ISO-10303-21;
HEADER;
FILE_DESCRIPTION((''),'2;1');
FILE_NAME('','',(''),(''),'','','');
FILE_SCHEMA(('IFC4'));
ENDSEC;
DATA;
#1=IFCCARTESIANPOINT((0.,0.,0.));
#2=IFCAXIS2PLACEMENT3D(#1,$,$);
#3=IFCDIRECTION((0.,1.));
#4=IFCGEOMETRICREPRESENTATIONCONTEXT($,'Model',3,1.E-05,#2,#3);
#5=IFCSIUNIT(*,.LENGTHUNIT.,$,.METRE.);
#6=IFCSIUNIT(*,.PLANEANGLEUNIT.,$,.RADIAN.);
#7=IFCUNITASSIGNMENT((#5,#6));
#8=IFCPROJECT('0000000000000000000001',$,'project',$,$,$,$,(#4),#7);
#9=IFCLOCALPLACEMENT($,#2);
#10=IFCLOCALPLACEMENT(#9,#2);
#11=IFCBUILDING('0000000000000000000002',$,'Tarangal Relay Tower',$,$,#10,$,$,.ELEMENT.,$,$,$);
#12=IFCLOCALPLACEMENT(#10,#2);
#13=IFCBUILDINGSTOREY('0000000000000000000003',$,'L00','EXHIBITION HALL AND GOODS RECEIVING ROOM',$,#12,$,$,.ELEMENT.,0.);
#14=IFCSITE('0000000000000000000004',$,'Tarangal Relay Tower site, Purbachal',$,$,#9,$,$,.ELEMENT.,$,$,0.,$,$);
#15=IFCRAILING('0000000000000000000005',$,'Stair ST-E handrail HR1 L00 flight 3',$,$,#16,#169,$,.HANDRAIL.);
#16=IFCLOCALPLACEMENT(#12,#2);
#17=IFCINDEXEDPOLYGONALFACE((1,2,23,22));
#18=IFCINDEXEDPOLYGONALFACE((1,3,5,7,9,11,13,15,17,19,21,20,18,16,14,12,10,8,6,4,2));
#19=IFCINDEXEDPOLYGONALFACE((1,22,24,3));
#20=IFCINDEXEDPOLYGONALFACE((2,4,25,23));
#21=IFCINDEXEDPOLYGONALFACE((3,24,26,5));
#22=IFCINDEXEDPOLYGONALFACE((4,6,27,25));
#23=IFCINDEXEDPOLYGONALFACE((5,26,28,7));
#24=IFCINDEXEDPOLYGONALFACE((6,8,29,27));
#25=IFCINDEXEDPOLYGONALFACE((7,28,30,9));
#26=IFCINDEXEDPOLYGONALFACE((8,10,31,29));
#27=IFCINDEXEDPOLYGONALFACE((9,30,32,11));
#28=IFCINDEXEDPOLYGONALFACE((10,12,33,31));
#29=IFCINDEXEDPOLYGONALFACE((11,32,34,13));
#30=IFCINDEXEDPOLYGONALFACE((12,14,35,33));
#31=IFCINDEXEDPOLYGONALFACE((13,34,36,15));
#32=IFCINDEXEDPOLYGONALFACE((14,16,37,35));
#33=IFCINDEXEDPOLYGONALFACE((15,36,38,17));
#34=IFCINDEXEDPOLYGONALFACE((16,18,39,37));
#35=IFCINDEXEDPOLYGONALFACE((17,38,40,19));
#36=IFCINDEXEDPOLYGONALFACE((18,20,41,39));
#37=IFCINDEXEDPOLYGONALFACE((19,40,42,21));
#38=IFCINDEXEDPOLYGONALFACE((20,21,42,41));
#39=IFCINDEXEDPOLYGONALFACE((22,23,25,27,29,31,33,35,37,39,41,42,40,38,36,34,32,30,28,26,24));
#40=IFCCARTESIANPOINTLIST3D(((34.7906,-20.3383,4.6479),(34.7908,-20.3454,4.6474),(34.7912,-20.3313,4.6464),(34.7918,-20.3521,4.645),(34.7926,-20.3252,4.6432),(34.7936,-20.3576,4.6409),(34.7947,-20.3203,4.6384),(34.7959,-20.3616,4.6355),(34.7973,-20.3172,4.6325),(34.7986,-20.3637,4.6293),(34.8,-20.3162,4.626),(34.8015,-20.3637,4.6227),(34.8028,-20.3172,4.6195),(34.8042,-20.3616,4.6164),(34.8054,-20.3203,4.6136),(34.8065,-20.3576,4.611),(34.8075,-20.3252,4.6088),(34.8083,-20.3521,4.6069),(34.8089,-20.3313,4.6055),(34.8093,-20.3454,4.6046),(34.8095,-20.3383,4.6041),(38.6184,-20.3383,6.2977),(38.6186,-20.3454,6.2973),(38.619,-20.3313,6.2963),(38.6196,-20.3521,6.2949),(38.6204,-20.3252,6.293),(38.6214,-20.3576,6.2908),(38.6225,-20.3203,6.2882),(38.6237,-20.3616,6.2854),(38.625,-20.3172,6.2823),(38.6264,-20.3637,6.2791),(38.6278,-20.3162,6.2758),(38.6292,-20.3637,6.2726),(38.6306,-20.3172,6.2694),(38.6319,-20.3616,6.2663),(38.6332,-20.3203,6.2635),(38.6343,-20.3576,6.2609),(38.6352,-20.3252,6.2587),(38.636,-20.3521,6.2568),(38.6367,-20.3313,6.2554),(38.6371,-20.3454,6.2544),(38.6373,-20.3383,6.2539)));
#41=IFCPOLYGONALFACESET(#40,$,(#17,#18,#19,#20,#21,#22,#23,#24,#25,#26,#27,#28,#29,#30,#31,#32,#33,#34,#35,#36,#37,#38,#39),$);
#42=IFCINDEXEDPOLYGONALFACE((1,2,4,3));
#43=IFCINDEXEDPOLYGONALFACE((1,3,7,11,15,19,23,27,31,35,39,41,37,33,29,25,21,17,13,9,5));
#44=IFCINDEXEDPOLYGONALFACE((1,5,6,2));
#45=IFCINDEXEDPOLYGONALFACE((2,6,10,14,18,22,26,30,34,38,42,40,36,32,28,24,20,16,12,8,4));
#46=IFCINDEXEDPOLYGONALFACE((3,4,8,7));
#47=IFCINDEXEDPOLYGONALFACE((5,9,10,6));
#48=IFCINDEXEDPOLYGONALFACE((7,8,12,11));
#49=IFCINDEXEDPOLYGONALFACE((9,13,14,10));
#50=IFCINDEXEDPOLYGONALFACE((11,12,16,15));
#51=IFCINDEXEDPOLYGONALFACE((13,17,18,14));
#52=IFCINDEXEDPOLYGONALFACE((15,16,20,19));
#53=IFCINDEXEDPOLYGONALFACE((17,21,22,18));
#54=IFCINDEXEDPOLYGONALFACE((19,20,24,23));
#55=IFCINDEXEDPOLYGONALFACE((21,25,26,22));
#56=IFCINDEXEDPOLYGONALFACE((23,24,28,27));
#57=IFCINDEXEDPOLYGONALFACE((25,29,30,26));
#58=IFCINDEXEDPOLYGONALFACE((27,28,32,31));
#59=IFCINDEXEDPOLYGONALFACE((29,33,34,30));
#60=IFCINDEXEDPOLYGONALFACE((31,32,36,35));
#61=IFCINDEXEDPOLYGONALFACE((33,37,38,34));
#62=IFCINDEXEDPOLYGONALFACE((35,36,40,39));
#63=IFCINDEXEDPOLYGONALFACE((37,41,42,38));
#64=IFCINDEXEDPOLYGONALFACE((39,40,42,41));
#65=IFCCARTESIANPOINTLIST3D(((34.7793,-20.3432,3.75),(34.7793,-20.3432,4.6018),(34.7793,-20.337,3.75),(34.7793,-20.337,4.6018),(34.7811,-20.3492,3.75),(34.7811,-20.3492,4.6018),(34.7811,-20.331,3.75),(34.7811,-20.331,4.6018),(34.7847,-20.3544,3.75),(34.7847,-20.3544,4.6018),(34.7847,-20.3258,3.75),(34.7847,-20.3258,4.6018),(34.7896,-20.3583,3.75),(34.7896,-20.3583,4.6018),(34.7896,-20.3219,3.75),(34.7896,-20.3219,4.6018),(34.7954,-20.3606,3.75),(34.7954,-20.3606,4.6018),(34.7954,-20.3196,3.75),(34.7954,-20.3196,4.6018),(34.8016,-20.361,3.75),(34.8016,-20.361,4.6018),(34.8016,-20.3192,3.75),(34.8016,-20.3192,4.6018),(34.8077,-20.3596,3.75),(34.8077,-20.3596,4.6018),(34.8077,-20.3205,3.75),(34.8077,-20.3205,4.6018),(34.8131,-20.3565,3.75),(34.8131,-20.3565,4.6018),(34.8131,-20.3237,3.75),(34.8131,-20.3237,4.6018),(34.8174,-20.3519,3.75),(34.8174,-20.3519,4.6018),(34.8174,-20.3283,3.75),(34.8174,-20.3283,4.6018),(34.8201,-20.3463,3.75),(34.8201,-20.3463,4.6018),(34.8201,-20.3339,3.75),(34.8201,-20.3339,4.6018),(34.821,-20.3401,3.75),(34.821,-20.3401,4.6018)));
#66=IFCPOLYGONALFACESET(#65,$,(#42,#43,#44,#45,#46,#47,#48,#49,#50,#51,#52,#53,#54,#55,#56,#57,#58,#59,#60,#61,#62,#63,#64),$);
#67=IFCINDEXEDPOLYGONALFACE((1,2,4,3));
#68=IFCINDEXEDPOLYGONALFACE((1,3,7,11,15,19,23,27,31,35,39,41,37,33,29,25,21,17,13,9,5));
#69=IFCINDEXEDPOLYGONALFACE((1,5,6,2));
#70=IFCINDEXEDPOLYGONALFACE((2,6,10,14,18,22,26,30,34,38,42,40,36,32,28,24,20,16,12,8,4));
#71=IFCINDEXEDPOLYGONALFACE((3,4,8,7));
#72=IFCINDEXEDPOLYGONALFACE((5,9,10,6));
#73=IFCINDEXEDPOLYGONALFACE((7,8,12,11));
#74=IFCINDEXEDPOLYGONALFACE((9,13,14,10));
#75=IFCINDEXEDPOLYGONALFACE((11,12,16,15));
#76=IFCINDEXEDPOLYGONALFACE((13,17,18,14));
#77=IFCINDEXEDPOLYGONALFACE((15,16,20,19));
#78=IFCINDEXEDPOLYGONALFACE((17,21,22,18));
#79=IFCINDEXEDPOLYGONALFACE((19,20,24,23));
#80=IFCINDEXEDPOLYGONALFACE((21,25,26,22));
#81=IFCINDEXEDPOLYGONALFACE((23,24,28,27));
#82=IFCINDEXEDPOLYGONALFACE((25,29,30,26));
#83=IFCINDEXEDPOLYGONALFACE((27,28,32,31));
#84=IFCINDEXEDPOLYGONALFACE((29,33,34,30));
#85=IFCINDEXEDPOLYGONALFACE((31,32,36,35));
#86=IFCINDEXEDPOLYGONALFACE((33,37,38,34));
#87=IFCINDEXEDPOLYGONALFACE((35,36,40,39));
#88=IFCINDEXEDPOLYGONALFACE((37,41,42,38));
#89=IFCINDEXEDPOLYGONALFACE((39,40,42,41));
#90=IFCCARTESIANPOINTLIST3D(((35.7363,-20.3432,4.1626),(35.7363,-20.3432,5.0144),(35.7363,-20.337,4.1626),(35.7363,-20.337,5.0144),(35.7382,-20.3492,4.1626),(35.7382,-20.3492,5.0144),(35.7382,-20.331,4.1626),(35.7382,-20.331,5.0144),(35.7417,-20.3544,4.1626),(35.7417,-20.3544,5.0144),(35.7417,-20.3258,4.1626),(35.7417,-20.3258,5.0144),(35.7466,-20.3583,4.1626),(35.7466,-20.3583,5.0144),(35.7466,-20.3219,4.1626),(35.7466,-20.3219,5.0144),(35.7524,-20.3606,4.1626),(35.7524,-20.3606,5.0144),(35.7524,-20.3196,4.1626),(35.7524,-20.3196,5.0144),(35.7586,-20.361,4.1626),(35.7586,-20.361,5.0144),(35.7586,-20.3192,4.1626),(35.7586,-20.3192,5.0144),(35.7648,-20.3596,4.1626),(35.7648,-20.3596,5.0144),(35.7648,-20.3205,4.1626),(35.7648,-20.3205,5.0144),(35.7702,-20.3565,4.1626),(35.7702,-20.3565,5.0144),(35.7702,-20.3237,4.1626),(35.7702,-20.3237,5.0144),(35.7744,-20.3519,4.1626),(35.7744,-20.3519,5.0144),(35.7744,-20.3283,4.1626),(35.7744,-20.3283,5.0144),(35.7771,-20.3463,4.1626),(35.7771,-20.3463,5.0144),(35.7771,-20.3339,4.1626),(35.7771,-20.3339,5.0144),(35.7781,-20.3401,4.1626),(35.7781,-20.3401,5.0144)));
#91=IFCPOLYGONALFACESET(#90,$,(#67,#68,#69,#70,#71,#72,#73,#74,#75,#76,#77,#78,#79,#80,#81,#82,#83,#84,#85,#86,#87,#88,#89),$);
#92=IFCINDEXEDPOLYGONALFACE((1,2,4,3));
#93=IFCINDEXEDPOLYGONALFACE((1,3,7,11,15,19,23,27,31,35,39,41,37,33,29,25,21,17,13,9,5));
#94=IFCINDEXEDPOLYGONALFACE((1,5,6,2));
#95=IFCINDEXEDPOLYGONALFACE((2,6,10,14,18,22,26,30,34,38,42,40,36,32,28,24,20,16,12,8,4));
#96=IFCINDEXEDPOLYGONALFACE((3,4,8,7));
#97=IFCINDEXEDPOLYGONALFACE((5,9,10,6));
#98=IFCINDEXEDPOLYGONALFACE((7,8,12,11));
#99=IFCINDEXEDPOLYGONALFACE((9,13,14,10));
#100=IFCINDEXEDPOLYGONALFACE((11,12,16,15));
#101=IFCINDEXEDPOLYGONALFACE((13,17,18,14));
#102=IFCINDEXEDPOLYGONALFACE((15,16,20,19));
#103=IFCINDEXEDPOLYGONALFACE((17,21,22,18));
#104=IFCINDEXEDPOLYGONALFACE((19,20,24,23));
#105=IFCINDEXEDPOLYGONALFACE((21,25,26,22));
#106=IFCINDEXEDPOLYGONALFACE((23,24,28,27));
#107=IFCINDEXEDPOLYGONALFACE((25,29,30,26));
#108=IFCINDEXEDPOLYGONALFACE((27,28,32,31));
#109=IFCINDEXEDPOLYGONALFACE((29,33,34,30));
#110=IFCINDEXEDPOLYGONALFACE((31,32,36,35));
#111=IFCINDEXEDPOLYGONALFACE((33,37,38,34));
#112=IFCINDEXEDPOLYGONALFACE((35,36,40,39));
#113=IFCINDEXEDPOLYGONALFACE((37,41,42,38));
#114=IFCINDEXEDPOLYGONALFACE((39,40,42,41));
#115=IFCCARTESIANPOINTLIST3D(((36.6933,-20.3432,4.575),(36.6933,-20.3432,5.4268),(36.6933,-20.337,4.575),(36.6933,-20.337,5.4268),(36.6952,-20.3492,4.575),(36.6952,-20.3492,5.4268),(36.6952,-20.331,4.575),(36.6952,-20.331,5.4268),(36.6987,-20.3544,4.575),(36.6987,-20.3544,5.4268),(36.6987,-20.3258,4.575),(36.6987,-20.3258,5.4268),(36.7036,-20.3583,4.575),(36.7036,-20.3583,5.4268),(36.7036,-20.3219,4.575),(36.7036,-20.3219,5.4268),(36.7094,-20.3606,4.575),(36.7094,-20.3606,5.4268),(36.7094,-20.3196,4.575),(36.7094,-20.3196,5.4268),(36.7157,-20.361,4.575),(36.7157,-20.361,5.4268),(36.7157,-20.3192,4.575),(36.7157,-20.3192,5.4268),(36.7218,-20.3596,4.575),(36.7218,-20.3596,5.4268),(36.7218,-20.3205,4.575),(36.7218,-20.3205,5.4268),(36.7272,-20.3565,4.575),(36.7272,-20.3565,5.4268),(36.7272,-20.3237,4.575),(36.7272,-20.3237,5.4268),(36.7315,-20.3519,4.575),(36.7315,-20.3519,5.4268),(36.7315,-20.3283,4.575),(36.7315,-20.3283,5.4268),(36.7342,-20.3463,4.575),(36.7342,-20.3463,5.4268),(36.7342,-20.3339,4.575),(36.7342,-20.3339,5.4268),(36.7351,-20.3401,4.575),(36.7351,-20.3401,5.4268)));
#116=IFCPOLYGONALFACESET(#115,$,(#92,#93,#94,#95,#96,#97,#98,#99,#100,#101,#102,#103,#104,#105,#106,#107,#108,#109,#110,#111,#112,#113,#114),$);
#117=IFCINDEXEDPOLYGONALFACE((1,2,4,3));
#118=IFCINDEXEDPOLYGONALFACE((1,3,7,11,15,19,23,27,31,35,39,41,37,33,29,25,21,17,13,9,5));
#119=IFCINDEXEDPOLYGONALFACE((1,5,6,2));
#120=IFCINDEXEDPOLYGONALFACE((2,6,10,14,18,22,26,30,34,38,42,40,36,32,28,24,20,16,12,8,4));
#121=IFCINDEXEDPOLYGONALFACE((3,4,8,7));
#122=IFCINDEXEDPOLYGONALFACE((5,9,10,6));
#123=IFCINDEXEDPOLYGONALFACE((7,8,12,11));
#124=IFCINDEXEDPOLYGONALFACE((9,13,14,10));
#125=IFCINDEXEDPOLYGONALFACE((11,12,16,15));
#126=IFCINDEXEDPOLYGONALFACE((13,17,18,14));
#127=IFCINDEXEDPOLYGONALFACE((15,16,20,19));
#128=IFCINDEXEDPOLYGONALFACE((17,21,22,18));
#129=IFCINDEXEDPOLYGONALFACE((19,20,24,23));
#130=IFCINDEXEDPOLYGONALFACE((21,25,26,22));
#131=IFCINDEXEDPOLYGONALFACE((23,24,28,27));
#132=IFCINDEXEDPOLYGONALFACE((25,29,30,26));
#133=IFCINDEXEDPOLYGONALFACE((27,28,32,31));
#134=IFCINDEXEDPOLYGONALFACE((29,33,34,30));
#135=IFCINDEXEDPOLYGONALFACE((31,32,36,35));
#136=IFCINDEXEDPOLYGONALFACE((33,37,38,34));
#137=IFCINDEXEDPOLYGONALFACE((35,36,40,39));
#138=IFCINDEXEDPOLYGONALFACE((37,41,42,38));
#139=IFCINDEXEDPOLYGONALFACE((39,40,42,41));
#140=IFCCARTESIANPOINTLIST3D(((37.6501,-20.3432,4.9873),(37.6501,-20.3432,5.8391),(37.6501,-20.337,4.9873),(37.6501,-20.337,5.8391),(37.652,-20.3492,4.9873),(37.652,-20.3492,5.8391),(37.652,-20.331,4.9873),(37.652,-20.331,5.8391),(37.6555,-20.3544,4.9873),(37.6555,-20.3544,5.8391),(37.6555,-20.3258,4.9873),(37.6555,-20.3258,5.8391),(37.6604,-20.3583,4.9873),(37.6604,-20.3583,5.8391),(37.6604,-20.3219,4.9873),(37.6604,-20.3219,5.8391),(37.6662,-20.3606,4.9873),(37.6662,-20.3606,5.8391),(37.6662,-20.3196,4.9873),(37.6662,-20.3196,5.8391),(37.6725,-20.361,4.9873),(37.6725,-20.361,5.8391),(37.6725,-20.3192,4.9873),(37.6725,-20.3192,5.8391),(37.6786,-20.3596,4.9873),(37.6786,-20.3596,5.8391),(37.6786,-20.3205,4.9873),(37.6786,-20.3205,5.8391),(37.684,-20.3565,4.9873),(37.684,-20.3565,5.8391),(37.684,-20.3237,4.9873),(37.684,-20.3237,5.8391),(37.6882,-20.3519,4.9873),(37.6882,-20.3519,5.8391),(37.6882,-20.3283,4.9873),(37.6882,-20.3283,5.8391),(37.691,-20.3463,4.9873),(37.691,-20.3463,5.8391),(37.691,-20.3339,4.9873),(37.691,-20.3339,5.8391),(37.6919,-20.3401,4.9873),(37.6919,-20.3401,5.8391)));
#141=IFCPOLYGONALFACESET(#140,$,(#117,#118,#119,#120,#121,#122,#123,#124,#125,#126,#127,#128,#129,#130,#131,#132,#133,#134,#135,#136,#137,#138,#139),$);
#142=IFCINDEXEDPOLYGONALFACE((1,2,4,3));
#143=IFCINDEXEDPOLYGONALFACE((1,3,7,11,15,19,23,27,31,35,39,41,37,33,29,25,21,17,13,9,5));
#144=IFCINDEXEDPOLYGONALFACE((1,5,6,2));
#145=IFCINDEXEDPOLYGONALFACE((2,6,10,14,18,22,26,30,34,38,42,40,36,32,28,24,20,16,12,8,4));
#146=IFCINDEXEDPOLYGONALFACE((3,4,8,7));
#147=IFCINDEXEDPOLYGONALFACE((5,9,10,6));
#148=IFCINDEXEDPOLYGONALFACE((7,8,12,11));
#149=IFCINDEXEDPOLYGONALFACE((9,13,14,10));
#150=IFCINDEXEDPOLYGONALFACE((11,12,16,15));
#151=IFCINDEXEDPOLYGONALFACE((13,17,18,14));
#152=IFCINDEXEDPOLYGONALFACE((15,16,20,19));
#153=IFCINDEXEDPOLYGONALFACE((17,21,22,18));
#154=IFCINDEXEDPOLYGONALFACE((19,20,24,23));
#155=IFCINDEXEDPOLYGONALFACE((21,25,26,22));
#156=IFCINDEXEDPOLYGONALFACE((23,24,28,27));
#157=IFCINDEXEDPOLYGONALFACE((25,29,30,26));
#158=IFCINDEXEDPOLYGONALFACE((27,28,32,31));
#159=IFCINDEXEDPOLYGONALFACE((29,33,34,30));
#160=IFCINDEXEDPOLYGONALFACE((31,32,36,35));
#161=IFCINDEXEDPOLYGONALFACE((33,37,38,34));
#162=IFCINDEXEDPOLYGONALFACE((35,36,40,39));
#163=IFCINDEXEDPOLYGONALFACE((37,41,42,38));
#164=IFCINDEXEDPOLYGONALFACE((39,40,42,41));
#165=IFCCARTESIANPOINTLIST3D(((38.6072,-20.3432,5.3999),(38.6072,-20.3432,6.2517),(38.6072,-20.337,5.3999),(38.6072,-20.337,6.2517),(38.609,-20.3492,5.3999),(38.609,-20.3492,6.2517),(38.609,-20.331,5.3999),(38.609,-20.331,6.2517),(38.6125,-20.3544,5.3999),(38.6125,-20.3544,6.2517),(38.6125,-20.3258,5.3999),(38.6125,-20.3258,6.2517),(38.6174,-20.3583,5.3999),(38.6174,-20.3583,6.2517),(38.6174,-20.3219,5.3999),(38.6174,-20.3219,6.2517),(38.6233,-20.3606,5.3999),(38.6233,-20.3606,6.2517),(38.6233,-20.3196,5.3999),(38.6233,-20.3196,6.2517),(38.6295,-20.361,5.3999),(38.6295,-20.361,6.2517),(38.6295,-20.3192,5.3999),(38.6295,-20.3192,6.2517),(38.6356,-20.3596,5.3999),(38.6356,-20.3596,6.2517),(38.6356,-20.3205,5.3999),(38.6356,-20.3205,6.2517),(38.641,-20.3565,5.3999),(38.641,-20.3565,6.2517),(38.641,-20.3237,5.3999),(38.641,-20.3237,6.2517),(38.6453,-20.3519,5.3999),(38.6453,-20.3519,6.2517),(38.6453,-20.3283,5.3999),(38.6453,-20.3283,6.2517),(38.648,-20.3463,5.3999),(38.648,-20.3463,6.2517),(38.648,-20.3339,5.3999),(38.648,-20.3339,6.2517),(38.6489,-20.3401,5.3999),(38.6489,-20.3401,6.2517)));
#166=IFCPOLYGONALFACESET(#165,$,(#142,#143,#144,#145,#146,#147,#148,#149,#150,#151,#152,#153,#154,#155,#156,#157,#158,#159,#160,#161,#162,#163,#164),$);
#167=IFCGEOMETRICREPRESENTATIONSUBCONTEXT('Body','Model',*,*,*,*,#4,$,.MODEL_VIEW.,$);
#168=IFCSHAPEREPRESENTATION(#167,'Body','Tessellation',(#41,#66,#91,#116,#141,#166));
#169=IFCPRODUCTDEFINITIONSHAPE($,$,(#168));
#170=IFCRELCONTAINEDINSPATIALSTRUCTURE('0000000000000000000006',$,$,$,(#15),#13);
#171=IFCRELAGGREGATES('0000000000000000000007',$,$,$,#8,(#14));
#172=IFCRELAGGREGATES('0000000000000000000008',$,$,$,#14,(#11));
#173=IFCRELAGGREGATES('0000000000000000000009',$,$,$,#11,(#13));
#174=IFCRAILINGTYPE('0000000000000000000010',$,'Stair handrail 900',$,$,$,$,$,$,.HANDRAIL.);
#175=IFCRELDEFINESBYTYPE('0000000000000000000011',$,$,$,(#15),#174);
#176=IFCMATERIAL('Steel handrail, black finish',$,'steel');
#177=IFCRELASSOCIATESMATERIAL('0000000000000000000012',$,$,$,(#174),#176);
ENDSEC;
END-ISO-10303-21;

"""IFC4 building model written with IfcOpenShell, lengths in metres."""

from ifc_helpers import new_model, si_unit, direction, frame, origin, origin_2d, place, context, subcontext, project, spatial, circle, extrude, material, type_object, element, save


model = new_model("IFC4")

# Units and contexts
model_context = context("Model", 3, precision=1e-05, world=origin(), true_north=direction((0.0, 1.0)))
body_context = subcontext(model_context, "Body", "Model", "MODEL_VIEW")
ifc_project = project(units=[si_unit("LENGTHUNIT", "METRE"), si_unit("PLANEANGLEUNIT", "RADIAN")], contexts=[model_context])

# Site, building, storey
site_placement = place(None, origin())
site = spatial("IfcSite", under=ifc_project, at=site_placement, Name="Tarangal Relay Tower site, Purbachal", CompositionType="ELEMENT", RefElevation=0.0)
building_placement = place(site_placement, origin())
building = spatial("IfcBuilding", under=site, at=building_placement, Name="Tarangal Relay Tower", CompositionType="ELEMENT")
storey_placement = place(building_placement, origin())
storey = spatial("IfcBuildingStorey", under=building, at=storey_placement, Name="L00", Description="EXHIBITION HALL AND GOODS RECEIVING ROOM", CompositionType="ELEMENT", Elevation=0.0)

# Railing
ifc_material_1 = material(Name="Steel handrail, black finish", Category="steel")
railing_type_1 = type_object("IfcRailingType", Name="Stair handrail 900", PredefinedType="HANDRAIL", material=ifc_material_1)
railing_1_placement = place(storey_placement, frame((34.8, -20.3401, 3.75)))
element("IfcRailing", 1, at=railing_1_placement, inside=storey, type_object=railing_type_1, Name="Stair ST-E handrail HR1 L00 flight 3", PredefinedType="HANDRAIL", context=body_context, shape_type="SweptSolid", body=[
    extrude(circle(Radius=0.0239, at=origin_2d()), frame((0.0, 0.0, 0.876), z_axis=(0.918328, 0.0, 0.39582), x_axis=(0.0, 1.0, 0.0)), (0.0, 0.0, 1.0), 4.1682),
    extrude(circle(Radius=0.021, at=origin_2d()), origin(), (0.0, 0.0, 1.0), 0.8518),
    extrude(circle(Radius=0.021, at=origin_2d()), frame((0.957, 0.0, 0.4126)), (0.0, 0.0, 1.0), 0.8518),
    extrude(circle(Radius=0.021, at=origin_2d()), frame((1.9141, 0.0, 0.825)), (0.0, 0.0, 1.0), 0.8518),
    extrude(circle(Radius=0.021, at=origin_2d()), frame((2.8708, 0.0, 1.2373)), (0.0, 0.0, 1.0), 0.8518),
    extrude(circle(Radius=0.021, at=origin_2d()), frame((3.8279, 0.0, 1.6499)), (0.0, 0.0, 1.0), 0.8518),
])

save(model, "model.ifc")
